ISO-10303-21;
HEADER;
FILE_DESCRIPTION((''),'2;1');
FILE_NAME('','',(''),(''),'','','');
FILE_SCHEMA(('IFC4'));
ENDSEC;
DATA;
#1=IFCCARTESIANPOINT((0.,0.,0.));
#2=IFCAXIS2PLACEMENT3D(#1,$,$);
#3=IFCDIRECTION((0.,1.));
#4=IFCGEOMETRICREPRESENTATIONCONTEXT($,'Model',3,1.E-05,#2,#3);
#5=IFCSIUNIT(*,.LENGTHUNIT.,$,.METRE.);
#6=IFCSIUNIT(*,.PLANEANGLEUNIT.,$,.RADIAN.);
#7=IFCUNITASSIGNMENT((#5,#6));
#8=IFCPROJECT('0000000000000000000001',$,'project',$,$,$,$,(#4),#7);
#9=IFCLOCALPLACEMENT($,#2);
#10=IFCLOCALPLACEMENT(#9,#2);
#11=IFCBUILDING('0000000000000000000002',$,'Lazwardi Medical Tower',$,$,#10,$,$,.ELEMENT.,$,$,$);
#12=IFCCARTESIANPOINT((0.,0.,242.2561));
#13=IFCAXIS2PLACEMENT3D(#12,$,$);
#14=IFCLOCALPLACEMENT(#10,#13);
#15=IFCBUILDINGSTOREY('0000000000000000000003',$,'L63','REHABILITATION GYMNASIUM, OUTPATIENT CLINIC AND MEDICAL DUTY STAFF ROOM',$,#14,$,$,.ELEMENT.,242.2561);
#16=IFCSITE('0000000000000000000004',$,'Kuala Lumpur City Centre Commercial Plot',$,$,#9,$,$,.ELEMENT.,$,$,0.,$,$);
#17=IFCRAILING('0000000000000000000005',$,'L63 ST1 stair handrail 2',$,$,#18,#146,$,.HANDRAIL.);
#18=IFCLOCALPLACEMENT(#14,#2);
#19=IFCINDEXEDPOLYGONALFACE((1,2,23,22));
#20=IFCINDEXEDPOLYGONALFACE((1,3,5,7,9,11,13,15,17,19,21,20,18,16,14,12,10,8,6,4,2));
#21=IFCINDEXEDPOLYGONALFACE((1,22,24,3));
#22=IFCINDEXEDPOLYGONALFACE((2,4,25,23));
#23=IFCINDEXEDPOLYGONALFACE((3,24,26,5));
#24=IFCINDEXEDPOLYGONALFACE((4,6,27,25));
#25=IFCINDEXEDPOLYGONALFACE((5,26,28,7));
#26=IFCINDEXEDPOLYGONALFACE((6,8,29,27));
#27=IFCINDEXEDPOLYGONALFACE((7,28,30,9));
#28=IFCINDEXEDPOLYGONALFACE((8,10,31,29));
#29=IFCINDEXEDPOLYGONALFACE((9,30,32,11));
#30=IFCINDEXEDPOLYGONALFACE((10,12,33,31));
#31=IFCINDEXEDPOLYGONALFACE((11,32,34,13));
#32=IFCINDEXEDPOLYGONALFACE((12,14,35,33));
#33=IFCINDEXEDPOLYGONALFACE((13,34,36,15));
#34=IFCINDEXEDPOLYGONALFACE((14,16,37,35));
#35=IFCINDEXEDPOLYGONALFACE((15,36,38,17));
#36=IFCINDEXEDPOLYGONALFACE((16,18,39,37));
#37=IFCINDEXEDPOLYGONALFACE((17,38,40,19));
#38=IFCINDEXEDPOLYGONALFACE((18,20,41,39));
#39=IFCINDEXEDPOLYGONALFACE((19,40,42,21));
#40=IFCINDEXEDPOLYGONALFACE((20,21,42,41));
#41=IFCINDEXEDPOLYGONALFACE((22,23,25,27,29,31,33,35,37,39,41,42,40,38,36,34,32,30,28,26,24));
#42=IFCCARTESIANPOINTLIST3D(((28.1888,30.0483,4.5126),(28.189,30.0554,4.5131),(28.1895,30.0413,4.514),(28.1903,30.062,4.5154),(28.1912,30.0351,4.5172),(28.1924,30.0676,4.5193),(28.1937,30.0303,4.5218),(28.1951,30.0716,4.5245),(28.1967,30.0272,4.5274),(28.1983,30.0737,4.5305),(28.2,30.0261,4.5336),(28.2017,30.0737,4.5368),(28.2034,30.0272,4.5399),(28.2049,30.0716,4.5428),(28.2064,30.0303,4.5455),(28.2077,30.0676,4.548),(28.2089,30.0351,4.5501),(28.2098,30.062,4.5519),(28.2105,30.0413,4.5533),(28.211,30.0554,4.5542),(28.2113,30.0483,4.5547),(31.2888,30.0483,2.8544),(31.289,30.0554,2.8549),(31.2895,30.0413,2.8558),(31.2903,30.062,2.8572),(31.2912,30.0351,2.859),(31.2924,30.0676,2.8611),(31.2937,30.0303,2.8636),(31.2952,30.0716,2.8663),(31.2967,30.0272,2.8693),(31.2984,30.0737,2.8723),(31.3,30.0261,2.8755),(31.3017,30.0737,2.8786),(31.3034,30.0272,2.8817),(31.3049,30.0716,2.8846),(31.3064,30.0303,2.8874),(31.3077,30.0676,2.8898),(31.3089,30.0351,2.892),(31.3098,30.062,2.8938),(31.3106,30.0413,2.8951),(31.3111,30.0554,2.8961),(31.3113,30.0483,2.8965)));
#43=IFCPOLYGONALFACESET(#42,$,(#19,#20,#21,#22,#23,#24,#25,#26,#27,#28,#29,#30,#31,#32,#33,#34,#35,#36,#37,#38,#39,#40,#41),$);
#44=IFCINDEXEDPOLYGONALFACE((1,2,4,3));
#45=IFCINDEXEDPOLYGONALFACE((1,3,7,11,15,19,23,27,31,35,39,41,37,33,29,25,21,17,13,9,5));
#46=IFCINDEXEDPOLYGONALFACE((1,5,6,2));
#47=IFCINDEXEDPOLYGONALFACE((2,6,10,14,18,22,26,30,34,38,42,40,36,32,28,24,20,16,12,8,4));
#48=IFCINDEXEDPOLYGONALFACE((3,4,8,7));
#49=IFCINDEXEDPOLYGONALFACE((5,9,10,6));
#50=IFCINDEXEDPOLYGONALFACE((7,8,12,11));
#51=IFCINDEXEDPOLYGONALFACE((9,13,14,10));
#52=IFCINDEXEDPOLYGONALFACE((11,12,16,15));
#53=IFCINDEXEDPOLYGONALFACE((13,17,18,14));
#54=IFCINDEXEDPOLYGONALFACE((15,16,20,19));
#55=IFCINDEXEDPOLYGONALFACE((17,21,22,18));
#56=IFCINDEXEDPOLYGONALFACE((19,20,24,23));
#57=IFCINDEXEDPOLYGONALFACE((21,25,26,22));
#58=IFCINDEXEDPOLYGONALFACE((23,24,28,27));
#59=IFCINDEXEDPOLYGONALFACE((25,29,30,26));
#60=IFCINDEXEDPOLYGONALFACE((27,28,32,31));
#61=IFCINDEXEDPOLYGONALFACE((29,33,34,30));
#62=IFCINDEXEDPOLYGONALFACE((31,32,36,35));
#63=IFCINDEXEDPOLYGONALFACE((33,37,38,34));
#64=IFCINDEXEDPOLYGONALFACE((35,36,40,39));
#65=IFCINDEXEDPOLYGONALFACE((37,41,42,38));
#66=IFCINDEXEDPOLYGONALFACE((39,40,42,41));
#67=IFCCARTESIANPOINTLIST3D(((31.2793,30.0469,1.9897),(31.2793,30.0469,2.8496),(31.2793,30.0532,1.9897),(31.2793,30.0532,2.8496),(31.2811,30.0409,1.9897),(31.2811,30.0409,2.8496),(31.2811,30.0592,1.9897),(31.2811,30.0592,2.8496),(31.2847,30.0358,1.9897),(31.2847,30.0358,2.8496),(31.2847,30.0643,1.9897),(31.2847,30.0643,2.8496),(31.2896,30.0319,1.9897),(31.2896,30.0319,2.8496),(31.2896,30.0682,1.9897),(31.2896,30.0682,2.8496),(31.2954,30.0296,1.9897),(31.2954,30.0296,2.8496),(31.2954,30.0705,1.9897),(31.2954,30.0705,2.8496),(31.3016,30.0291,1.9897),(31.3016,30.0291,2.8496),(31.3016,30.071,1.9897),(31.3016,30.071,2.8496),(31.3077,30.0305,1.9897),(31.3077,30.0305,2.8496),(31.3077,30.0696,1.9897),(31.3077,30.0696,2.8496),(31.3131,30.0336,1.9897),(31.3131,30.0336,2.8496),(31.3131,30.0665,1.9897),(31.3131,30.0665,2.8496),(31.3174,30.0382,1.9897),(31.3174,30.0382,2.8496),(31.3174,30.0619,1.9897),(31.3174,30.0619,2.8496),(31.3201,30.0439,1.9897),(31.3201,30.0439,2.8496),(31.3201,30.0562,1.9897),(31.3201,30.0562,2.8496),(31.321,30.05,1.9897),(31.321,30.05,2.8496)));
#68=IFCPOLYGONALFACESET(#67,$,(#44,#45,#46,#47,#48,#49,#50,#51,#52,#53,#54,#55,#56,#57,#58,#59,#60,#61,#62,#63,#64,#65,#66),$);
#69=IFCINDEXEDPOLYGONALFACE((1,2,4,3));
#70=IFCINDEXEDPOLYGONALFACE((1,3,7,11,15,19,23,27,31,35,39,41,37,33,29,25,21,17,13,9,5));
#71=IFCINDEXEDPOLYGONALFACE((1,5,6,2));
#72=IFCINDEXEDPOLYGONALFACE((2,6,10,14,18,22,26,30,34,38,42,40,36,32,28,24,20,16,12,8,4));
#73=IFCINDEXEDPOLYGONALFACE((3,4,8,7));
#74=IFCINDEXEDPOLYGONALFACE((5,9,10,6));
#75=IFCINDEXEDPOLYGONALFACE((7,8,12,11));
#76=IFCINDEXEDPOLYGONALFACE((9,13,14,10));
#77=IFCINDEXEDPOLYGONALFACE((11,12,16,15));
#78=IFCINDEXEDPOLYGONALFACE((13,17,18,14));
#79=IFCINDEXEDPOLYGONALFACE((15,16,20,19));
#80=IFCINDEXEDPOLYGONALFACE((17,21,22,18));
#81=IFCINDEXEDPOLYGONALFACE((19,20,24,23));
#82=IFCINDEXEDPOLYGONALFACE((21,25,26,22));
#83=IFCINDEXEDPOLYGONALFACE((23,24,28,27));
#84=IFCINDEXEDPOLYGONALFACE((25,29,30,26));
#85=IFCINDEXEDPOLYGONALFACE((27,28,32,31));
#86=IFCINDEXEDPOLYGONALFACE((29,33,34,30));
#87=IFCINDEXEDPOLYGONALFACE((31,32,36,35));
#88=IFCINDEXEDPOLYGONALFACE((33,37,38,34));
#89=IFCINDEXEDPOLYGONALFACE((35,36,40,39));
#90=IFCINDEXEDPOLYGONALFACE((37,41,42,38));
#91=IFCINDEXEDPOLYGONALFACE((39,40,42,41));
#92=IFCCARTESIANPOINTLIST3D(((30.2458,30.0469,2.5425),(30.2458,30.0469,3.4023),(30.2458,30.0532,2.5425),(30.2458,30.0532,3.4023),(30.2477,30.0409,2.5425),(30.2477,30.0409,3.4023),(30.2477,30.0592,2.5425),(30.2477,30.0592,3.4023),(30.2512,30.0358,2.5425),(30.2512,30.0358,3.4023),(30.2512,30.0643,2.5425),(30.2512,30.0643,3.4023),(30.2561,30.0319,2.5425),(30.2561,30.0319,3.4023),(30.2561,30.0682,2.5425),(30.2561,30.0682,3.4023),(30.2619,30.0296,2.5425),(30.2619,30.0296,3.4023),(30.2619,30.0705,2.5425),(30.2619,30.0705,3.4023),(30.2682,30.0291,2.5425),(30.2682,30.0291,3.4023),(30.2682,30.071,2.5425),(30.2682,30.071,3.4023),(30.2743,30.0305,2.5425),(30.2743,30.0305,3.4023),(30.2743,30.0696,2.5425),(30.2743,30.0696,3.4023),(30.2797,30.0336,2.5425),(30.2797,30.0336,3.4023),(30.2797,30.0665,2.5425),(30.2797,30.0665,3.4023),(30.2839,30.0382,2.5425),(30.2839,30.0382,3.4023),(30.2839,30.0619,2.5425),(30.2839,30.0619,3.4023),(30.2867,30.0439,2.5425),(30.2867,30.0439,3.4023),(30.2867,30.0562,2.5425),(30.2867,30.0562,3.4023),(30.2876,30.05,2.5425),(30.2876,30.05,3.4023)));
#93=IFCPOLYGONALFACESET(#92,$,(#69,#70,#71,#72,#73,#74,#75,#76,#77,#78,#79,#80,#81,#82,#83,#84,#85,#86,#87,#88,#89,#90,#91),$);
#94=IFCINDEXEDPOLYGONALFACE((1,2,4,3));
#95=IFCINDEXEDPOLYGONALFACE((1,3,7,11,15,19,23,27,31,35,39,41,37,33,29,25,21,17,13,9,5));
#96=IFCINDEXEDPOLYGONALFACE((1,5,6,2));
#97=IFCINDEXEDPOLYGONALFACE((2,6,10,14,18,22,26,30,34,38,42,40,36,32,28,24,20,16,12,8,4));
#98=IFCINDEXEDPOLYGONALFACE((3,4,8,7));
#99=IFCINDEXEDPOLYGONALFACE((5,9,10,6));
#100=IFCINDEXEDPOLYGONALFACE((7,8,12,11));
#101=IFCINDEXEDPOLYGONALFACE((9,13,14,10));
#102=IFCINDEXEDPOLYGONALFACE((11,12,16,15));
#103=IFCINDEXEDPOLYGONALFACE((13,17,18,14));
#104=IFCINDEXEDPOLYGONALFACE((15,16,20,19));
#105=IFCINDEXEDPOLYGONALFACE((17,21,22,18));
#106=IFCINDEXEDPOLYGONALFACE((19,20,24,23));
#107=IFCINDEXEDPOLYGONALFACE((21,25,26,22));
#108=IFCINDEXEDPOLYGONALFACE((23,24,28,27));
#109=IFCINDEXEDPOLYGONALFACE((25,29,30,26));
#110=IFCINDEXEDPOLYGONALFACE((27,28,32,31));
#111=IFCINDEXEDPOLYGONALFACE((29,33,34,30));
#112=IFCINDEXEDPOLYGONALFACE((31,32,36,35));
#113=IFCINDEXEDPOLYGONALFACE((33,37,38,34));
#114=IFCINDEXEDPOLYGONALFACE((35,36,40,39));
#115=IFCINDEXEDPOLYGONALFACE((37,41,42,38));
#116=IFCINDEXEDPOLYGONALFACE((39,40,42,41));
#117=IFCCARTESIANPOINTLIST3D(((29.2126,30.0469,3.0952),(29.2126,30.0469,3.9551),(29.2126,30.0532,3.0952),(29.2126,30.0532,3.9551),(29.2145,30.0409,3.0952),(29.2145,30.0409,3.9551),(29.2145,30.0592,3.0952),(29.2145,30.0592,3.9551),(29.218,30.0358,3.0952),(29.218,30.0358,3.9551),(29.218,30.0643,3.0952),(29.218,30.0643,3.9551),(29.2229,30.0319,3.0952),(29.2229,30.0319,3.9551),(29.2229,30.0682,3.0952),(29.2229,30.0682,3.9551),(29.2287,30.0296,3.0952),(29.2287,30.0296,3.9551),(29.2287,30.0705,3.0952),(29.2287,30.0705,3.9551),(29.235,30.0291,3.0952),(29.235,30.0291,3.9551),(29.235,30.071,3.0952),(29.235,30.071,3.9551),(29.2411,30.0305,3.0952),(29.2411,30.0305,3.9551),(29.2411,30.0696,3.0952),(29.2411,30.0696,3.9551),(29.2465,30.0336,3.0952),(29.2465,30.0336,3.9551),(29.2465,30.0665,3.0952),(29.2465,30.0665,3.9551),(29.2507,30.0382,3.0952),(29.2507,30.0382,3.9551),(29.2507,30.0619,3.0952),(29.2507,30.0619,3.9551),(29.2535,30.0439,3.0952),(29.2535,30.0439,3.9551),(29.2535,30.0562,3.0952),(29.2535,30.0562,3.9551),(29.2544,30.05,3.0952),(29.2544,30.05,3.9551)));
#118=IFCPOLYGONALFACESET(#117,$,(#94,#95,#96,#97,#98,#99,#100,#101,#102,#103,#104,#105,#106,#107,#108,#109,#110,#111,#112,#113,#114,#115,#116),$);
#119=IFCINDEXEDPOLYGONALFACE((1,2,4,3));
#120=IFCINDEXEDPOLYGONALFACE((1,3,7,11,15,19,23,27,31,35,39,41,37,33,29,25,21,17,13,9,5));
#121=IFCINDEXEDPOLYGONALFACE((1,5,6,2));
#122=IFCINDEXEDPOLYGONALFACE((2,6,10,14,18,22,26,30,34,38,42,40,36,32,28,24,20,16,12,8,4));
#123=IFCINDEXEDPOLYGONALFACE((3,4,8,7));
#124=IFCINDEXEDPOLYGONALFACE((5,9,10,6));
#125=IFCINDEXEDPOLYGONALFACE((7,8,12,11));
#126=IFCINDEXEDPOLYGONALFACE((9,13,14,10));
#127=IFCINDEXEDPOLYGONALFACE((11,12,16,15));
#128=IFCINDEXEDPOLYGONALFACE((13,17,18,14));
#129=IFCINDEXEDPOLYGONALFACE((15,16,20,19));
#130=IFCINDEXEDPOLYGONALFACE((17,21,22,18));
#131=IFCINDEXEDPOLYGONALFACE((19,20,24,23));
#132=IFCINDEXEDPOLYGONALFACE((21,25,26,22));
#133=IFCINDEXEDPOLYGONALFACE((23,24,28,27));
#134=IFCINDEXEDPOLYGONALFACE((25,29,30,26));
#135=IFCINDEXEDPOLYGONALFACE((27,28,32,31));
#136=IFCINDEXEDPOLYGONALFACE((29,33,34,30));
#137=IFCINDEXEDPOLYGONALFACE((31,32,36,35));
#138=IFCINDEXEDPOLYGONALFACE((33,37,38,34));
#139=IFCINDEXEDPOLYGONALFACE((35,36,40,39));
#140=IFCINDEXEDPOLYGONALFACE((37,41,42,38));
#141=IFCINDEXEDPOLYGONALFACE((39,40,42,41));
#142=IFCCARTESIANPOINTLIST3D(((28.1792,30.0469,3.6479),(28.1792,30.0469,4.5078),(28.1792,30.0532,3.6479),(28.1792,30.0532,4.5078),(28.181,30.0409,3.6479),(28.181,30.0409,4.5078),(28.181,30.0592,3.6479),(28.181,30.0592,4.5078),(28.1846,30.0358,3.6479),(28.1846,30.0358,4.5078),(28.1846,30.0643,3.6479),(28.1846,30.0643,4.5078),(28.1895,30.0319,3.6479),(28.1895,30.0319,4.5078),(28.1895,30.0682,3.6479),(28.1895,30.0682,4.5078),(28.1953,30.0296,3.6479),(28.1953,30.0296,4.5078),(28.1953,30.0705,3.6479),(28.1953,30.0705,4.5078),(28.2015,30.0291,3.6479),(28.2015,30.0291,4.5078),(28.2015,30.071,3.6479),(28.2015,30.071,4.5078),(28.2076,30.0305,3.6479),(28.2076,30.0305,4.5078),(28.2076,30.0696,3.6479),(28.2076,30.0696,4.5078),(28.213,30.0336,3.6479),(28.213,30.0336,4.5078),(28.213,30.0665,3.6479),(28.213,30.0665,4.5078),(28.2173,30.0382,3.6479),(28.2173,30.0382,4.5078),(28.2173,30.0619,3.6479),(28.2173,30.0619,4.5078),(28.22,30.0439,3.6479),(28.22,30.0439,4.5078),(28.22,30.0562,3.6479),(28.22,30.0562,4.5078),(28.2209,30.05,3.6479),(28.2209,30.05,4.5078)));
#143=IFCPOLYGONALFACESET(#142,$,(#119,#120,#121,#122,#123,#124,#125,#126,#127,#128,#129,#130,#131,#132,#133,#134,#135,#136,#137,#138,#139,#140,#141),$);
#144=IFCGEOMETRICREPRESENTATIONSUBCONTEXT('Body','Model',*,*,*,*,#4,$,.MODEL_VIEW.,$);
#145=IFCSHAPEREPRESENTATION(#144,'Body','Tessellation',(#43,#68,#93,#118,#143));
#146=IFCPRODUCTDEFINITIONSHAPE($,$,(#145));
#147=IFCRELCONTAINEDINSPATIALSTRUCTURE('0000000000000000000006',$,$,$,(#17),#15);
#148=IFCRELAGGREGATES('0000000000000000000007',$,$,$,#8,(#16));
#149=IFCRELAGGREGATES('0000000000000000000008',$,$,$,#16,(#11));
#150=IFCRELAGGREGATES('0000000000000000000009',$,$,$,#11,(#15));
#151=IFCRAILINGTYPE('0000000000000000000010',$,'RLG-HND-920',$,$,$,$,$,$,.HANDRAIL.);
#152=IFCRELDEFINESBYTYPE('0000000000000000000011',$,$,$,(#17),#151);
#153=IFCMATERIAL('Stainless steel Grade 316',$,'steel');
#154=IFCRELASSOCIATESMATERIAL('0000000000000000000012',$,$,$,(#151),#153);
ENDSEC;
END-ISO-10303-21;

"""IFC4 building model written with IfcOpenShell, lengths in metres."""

from ifc_helpers import new_model, si_unit, direction, frame, origin, origin_2d, place, context, subcontext, project, spatial, circle, extrude, material, type_object, element, save


model = new_model("IFC4")

# Units and contexts
model_context = context("Model", 3, precision=1e-05, world=origin(), true_north=direction((0.0, 1.0)))
body_context = subcontext(model_context, "Body", "Model", "MODEL_VIEW")
ifc_project = project(units=[si_unit("LENGTHUNIT", "METRE"), si_unit("PLANEANGLEUNIT", "RADIAN")], contexts=[model_context])

# Site, building, storey
site_placement = place(None, origin())
site = spatial("IfcSite", under=ifc_project, at=site_placement, Name="Kuala Lumpur City Centre Commercial Plot", CompositionType="ELEMENT", RefElevation=0.0)
building_placement = place(site_placement, origin())
building = spatial("IfcBuilding", under=site, at=building_placement, Name="Lazwardi Medical Tower", CompositionType="ELEMENT")
storey_placement = place(building_placement, frame((0.0, 0.0, 242.2561)))
storey = spatial("IfcBuildingStorey", under=building, at=storey_placement, Name="L63", Description="REHABILITATION GYMNASIUM, OUTPATIENT CLINIC AND MEDICAL DUTY STAFF ROOM", CompositionType="ELEMENT", Elevation=242.2561)

# Railing
ifc_material_1 = material(Name="Stainless steel Grade 316", Category="steel")
railing_type_1 = type_object("IfcRailingType", Name="RLG-HND-920", PredefinedType="HANDRAIL", material=ifc_material_1)
railing_1_placement = place(storey_placement, frame((31.3, 30.05, 1.9897)))
element("IfcRailing", 1, at=railing_1_placement, inside=storey, type_object=railing_type_1, Name="L63 ST1 stair handrail 2", PredefinedType="HANDRAIL", context=body_context, shape_type="SweptSolid", body=[
    extrude(circle(Radius=0.0239, at=origin_2d()), frame((0.0, 0.0, 0.8857), z_axis=(-0.881783, 0.0, 0.471655), x_axis=(0.0, -1.0, 0.0)), (0.0, 0.0, 1.0), 3.5156),
    extrude(circle(Radius=0.021, at=origin_2d()), origin(), (0.0, 0.0, 1.0), 0.8599),
    extrude(circle(Radius=0.021, at=origin_2d()), frame((-1.0334, 0.0, 0.5527)), (0.0, 0.0, 1.0), 0.8599),
    extrude(circle(Radius=0.021, at=origin_2d()), frame((-2.0667, 0.0, 1.1055)), (0.0, 0.0, 1.0), 0.8599),
    extrude(circle(Radius=0.021, at=origin_2d()), frame((-3.1001, 0.0, 1.6582)), (0.0, 0.0, 1.0), 0.8599),
])

save(model, "model.ifc")
